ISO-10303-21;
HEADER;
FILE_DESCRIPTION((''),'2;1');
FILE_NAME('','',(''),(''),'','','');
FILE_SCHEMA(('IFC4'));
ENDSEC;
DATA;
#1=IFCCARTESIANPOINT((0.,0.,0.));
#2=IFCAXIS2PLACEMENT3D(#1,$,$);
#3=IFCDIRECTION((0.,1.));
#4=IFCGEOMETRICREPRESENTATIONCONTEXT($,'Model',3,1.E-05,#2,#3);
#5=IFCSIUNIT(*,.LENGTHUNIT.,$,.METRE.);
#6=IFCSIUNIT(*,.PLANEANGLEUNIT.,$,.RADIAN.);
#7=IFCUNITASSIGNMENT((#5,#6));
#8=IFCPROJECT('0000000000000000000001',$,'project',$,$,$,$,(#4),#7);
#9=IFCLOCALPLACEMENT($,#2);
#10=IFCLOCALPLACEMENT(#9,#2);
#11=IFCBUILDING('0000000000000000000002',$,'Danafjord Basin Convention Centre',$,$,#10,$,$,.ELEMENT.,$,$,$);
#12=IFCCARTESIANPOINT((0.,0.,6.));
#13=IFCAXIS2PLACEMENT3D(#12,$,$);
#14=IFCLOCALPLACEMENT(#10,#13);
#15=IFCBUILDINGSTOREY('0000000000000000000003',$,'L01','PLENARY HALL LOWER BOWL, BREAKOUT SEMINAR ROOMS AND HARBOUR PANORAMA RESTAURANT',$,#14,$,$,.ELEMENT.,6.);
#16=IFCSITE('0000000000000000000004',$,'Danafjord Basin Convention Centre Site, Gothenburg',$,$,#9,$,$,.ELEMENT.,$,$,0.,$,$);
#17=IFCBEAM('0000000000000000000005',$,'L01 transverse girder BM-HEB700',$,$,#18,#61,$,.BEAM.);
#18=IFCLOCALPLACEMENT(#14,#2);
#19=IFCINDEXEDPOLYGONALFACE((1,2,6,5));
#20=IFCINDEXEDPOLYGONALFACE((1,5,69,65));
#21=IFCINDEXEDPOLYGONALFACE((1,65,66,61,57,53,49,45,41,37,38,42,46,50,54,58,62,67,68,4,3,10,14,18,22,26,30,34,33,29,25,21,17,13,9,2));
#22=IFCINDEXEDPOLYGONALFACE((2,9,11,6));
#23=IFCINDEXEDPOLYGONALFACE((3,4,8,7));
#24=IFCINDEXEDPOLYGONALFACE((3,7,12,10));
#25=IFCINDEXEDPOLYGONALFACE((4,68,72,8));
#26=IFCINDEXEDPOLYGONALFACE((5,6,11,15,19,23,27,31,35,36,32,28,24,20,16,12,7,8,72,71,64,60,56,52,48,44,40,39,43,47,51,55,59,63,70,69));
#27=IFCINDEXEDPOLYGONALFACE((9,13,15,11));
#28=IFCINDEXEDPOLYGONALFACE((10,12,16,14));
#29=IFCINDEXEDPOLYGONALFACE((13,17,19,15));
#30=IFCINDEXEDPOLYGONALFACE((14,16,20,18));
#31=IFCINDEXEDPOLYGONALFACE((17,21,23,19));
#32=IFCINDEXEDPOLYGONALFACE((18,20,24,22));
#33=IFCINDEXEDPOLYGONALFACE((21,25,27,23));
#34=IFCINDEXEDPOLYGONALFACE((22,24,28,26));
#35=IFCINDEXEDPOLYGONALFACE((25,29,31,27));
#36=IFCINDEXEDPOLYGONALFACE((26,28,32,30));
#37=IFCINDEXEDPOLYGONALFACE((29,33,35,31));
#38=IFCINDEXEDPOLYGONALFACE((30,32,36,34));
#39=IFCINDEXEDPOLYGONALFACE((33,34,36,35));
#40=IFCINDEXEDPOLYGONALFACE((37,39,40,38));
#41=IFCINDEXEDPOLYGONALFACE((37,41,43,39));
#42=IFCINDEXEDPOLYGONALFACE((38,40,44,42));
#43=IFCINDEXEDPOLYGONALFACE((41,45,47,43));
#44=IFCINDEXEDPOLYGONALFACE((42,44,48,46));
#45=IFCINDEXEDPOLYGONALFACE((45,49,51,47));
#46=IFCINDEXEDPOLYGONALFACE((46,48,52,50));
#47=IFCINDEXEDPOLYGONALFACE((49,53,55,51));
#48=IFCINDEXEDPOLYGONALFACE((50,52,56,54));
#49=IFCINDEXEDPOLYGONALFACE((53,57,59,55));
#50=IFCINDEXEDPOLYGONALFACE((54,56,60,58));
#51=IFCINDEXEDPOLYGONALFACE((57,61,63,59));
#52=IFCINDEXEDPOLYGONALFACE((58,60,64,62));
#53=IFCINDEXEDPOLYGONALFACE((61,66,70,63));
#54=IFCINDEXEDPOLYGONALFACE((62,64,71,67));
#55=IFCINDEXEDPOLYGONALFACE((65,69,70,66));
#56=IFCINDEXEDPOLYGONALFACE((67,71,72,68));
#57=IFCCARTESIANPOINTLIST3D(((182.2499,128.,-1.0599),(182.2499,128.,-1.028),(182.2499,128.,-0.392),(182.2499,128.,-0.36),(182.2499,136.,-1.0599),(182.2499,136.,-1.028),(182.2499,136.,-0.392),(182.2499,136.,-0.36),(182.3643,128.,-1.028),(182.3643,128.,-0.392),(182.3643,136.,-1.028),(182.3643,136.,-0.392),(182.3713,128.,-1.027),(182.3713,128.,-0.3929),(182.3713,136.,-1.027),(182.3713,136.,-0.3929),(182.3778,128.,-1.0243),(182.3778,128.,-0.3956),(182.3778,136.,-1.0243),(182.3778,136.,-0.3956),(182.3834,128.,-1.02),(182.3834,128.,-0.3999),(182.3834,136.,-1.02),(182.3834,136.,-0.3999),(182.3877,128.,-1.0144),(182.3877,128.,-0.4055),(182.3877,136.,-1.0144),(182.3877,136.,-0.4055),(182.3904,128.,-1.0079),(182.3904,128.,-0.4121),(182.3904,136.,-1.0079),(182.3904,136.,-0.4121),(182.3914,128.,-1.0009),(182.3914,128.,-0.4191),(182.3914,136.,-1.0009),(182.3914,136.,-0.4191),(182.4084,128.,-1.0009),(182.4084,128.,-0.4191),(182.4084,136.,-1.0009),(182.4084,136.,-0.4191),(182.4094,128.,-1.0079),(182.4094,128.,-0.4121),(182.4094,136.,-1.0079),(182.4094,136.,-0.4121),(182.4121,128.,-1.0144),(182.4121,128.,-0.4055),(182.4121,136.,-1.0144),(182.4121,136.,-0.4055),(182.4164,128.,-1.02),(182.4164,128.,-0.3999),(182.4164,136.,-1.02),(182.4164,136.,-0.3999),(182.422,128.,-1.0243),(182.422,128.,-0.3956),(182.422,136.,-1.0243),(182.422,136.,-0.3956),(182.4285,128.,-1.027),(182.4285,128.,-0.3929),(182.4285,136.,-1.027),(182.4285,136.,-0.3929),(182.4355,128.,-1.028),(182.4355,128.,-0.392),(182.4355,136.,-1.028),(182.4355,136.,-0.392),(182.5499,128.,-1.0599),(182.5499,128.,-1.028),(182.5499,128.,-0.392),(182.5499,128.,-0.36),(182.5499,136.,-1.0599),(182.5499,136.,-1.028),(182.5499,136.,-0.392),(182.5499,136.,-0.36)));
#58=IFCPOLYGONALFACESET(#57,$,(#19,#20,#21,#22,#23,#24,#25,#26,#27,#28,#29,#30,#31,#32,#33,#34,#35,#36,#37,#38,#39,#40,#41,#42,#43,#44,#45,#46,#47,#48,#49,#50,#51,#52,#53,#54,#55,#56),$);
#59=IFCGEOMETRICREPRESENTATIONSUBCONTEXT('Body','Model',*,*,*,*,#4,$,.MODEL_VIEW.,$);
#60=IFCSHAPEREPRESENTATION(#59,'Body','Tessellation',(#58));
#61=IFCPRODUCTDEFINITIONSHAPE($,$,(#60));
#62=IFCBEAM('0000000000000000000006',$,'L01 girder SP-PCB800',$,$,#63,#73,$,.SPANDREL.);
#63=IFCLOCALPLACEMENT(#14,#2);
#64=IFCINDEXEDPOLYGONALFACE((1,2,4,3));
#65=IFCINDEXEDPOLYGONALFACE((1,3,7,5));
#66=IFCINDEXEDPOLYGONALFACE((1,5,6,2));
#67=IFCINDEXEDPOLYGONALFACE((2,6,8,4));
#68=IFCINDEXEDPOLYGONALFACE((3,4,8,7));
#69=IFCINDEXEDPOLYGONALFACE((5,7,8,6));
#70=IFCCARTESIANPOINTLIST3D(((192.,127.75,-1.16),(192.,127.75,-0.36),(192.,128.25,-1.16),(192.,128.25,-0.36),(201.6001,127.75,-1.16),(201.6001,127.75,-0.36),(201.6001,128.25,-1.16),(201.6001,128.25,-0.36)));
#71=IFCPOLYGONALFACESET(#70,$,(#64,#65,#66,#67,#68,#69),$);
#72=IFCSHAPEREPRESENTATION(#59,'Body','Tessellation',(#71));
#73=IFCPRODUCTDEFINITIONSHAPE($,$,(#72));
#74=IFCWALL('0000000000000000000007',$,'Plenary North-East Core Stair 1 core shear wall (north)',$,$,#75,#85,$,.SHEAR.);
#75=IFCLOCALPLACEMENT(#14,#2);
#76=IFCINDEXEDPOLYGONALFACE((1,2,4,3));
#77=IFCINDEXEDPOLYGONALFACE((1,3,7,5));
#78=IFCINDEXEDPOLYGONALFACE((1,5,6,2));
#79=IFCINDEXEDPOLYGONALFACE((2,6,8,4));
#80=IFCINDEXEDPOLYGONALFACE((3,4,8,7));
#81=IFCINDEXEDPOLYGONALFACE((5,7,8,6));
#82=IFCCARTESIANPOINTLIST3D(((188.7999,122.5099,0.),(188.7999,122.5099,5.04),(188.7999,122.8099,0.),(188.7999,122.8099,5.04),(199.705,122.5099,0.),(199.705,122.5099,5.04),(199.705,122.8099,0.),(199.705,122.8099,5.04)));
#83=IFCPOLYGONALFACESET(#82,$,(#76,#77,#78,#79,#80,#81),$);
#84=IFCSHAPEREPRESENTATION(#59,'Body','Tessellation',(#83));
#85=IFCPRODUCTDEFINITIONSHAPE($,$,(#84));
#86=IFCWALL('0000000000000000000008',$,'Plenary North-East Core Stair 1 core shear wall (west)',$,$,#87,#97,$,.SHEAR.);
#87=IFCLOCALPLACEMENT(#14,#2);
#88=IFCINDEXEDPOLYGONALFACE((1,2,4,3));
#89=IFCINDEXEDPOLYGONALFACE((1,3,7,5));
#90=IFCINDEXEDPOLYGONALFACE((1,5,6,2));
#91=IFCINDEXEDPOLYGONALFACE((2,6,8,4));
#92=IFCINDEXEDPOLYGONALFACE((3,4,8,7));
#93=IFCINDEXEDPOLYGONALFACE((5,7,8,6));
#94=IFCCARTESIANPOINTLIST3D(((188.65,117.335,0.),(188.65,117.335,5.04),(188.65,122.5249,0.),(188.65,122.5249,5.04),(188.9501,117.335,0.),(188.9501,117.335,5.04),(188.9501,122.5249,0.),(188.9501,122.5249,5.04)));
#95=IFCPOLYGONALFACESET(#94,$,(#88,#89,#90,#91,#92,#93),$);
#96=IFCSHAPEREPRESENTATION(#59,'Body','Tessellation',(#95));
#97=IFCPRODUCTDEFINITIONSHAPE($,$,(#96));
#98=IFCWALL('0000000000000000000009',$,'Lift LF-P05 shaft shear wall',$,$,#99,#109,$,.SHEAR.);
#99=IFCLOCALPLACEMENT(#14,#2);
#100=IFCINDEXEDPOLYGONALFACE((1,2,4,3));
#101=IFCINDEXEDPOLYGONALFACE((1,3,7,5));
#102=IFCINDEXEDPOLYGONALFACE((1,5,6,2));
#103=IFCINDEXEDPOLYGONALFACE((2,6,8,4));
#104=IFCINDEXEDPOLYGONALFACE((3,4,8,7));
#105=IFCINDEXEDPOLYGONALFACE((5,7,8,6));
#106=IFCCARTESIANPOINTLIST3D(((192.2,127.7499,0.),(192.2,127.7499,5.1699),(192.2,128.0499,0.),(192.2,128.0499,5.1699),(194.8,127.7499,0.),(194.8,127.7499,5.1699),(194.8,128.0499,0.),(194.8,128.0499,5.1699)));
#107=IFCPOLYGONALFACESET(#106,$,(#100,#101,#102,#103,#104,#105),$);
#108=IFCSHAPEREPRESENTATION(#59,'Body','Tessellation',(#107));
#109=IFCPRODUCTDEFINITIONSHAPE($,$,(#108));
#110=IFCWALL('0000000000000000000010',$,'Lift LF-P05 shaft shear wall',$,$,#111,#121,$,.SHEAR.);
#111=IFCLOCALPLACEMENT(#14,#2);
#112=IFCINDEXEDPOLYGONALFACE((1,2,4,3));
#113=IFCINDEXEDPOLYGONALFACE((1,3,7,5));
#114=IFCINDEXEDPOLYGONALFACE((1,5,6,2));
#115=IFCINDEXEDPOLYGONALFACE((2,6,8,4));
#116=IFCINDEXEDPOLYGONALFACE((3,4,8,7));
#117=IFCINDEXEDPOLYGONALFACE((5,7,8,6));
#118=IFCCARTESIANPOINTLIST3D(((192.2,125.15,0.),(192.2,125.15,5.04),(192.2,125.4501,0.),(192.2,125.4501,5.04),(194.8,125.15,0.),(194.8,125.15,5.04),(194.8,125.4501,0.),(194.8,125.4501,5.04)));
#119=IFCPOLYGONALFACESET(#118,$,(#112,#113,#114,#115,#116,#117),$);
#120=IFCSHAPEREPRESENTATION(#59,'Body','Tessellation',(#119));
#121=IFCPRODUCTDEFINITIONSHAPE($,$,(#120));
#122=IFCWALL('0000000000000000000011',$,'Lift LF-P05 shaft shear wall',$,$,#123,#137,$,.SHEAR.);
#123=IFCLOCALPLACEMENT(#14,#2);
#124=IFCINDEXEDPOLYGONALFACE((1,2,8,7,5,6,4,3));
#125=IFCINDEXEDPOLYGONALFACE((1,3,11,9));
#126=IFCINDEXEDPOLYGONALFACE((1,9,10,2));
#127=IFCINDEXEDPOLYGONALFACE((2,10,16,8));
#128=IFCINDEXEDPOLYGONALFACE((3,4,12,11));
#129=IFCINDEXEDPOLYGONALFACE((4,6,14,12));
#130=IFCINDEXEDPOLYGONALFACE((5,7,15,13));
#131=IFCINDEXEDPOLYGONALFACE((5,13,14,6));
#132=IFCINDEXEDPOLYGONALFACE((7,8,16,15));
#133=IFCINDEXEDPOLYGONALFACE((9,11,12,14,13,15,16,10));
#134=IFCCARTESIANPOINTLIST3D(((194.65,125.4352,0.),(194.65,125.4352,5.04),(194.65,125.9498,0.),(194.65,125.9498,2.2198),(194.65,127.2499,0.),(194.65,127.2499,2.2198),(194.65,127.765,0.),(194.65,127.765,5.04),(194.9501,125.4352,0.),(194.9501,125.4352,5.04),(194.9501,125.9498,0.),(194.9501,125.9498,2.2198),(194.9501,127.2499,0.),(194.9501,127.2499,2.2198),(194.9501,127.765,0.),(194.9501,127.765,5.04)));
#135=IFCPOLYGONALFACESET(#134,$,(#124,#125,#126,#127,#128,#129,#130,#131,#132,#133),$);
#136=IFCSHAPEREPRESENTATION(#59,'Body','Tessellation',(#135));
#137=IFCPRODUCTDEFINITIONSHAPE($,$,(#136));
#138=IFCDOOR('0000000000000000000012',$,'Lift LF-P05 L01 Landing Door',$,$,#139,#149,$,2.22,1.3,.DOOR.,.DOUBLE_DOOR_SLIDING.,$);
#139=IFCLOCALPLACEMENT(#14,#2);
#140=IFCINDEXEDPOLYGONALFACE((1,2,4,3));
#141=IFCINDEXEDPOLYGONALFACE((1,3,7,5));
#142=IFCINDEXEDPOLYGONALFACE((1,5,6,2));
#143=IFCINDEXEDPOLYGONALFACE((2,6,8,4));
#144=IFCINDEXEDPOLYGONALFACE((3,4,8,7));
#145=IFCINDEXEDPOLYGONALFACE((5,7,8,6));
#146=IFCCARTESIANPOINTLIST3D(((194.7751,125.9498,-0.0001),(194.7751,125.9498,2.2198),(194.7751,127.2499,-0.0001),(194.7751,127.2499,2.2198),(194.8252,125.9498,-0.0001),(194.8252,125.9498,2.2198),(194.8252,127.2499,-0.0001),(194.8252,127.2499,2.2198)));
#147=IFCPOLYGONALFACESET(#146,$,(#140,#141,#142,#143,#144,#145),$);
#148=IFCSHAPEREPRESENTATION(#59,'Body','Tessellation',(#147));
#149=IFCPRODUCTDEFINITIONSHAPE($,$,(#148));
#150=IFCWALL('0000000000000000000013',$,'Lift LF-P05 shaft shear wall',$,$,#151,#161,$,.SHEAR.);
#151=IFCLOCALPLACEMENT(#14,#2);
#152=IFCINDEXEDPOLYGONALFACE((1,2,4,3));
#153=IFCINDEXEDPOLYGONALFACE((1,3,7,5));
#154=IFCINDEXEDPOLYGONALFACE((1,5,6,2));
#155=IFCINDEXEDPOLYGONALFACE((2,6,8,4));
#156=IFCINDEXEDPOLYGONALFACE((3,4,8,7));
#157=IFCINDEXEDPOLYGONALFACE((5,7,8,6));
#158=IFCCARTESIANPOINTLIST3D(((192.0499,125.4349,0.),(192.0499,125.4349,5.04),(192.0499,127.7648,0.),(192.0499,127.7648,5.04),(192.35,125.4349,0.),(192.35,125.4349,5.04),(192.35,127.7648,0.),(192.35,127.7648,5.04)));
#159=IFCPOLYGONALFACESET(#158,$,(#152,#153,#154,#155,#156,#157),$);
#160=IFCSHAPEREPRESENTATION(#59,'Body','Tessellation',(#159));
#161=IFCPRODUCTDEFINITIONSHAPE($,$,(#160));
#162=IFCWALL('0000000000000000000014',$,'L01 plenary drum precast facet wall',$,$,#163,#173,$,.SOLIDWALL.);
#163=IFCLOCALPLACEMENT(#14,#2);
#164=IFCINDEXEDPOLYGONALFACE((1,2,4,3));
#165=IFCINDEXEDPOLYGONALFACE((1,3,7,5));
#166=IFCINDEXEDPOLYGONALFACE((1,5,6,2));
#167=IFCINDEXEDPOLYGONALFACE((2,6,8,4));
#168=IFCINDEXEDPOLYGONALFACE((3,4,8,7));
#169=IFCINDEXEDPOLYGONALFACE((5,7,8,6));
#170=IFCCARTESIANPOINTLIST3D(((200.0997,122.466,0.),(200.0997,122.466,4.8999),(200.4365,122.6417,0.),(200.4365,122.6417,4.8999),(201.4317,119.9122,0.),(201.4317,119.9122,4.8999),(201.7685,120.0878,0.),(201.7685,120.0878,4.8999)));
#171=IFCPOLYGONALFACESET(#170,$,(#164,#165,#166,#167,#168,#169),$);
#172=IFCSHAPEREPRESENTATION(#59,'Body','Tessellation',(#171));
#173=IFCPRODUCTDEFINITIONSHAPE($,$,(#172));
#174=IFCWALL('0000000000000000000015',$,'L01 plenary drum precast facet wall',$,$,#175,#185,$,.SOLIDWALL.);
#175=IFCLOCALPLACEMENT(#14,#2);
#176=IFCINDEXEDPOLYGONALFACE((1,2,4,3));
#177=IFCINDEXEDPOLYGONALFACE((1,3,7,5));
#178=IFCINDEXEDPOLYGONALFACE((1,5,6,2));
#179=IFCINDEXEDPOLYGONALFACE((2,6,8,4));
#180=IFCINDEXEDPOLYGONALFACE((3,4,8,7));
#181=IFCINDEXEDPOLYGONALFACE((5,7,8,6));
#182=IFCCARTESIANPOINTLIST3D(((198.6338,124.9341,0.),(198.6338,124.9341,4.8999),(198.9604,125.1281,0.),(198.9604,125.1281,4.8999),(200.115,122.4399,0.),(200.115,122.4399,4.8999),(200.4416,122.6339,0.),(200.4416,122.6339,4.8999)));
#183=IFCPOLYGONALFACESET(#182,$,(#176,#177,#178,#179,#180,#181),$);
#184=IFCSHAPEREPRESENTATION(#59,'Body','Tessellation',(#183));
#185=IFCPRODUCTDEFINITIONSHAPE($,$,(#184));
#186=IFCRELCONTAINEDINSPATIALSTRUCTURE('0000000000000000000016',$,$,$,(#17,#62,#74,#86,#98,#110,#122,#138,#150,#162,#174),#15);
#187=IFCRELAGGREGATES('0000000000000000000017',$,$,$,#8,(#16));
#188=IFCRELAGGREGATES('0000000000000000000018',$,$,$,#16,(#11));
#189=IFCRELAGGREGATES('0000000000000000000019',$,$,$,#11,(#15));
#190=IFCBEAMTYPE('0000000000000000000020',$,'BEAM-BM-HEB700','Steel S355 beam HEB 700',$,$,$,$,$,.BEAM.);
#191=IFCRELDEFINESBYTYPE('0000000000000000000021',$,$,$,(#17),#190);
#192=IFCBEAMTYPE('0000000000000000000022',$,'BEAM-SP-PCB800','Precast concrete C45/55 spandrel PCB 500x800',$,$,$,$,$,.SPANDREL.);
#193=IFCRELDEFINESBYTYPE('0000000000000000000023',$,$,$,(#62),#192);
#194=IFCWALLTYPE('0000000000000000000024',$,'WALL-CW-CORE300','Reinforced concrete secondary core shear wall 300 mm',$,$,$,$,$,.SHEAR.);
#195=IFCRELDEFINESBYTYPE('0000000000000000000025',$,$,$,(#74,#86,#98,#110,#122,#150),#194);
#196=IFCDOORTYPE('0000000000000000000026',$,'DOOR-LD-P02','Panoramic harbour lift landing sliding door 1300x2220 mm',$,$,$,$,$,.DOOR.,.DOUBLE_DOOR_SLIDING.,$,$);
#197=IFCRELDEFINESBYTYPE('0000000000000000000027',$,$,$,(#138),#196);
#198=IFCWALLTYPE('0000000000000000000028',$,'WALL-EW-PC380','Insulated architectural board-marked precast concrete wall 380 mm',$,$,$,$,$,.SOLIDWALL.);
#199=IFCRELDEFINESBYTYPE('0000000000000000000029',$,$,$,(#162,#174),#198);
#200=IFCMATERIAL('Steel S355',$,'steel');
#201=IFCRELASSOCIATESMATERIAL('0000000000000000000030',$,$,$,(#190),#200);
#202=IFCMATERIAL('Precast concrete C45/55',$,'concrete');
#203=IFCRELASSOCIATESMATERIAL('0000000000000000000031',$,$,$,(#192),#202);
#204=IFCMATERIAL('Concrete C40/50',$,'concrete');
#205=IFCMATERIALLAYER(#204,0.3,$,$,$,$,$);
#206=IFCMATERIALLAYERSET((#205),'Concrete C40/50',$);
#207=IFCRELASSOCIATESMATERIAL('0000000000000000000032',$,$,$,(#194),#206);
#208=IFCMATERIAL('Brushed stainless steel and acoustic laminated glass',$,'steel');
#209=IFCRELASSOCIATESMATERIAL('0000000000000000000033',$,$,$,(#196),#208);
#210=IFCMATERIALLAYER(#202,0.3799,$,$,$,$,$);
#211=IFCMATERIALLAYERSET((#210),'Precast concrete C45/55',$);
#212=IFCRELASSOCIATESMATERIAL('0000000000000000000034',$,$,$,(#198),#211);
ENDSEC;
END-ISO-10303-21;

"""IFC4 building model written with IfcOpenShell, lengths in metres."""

from ifc_helpers import new_model, si_unit, direction, frame, frame_2d, origin, origin_2d, place, context, subcontext, project, spatial, rectangle, i_section, extrude, material, layer, layer_set, material_profile, profile_set, type_object, element, fill, save


model = new_model("IFC4")

# Units and contexts
model_context = context("Model", 3, precision=1e-05, world=origin(), true_north=direction((0.0, 1.0)))
body_context = subcontext(model_context, "Body", "Model", "MODEL_VIEW")
ifc_project = project(units=[si_unit("LENGTHUNIT", "METRE"), si_unit("PLANEANGLEUNIT", "RADIAN")], contexts=[model_context])

# Site, building, storey
site_placement = place(None, origin())
site = spatial("IfcSite", under=ifc_project, at=site_placement, Name="Danafjord Basin Convention Centre Site, Gothenburg", CompositionType="ELEMENT", RefElevation=0.0)
building_placement = place(site_placement, origin())
building = spatial("IfcBuilding", under=site, at=building_placement, Name="Danafjord Basin Convention Centre", CompositionType="ELEMENT")
storey_placement = place(building_placement, frame((0.0, 0.0, 6.0)))
storey = spatial("IfcBuildingStorey", under=building, at=storey_placement, Name="L01", Description="PLENARY HALL LOWER BOWL, BREAKOUT SEMINAR ROOMS AND HARBOUR PANORAMA RESTAURANT", CompositionType="ELEMENT", Elevation=6.0)

# Shared definitions
ifc_material_1 = material(Name="Steel S355", Category="steel")

# Beams
ifc_material_profile_1 = material_profile(ifc_material_1, i_section(OverallWidth=0.3, OverallDepth=0.7, WebThickness=0.0171, FlangeThickness=0.032, FilletRadius=0.0271, at=origin_2d()), Name="HEB 700")
ifc_profile_set_1 = profile_set([ifc_material_profile_1], Name="Steel S355")
beam_type_1 = type_object("IfcBeamType", Name="BEAM-BM-HEB700", Description="Steel S355 beam HEB 700", PredefinedType="BEAM", material=ifc_profile_set_1)
beam_1_placement = place(storey_placement, frame((182.3999, 128.0, -0.71), z_axis=(0.0, 1.0, 0.0), x_axis=(-1.0, 0.0, 0.0)))
element("IfcBeam", 1, at=beam_1_placement, inside=storey, type_object=beam_type_1, Name="L01 transverse girder BM-HEB700", PredefinedType="BEAM", context=body_context, shape_type="SweptSolid", body=[
    extrude(i_section(OverallWidth=0.3, OverallDepth=0.7, WebThickness=0.0171, FlangeThickness=0.032, FilletRadius=0.0271, at=origin_2d()), origin(), (0.0, 0.0, 1.0), 8.0),
])
ifc_material_2 = material(Name="Precast concrete C45/55", Category="concrete")
ifc_material_profile_2 = material_profile(ifc_material_2, rectangle(XDim=0.5, YDim=0.8, at=origin_2d()), Name="PCB 500x800")
ifc_profile_set_2 = profile_set([ifc_material_profile_2], Name="Precast concrete C45/55")
beam_type_2 = type_object("IfcBeamType", Name="BEAM-SP-PCB800", Description="Precast concrete C45/55 spandrel PCB 500x800", PredefinedType="SPANDREL", material=ifc_profile_set_2)
beam_2_placement = place(storey_placement, frame((192.0, 128.0, -0.76), z_axis=(1.0, 0.0, 0.0), x_axis=(0.0, 1.0, 0.0)))
element("IfcBeam", 2, at=beam_2_placement, inside=storey, type_object=beam_type_2, Name="L01 girder SP-PCB800", PredefinedType="SPANDREL", context=body_context, shape_type="SweptSolid", body=[
    extrude(rectangle(XDim=0.5, YDim=0.8, at=origin_2d()), origin(), (0.0, 0.0, 1.0), 9.6001),
])

# Walls
ifc_material_3 = material(Name="Concrete C40/50", Category="concrete")
ifc_layer_1 = layer(ifc_material_3, 0.3)
ifc_layer_set_1 = layer_set([ifc_layer_1], Name="Concrete C40/50")
wall_type_1 = type_object("IfcWallType", Name="WALL-CW-CORE300", Description="Reinforced concrete secondary core shear wall 300 mm", PredefinedType="SHEAR", material=ifc_layer_set_1)
wall_1_placement = place(storey_placement, frame((199.7051, 122.6599, 0.0), z_axis=(0.0, 0.0, 1.0), x_axis=(-1.0, 0.0, 0.0)))
element("IfcWall", 3, at=wall_1_placement, inside=storey, type_object=wall_type_1, Name="Plenary North-East Core Stair 1 core shear wall (north)", PredefinedType="SHEAR", context=body_context, shape_type="SweptSolid", body=[
    extrude(rectangle(XDim=10.905, YDim=0.3, at=frame_2d((5.4526, 0.0))), origin(), (0.0, 0.0, 1.0), 5.04),
])
wall_2_placement = place(storey_placement, frame((188.8, 122.5249, 0.0), z_axis=(0.0, 0.0, 1.0), x_axis=(0.0, -1.0, 0.0)))
element("IfcWall", 4, at=wall_2_placement, inside=storey, type_object=wall_type_1, Name="Plenary North-East Core Stair 1 core shear wall (west)", PredefinedType="SHEAR", context=body_context, shape_type="SweptSolid", body=[
    extrude(rectangle(XDim=5.1899, YDim=0.3, at=frame_2d((2.595, 0.0))), origin(), (0.0, 0.0, 1.0), 5.04),
])
wall_3_placement = place(storey_placement, frame((194.8, 127.8999, 0.0), z_axis=(0.0, 0.0, 1.0), x_axis=(-1.0, 0.0, 0.0)))
element("IfcWall", 5, at=wall_3_placement, inside=storey, type_object=wall_type_1, Name="Lift LF-P05 shaft shear wall", PredefinedType="SHEAR", context=body_context, shape_type="SweptSolid", body=[
    extrude(rectangle(XDim=2.6001, YDim=0.3, at=frame_2d((1.3, 0.0))), origin(), (0.0, 0.0, 1.0), 5.1699),
])
wall_4_placement = place(storey_placement, frame((192.2, 125.3, 0.0), z_axis=(0.0, 0.0, 1.0), x_axis=(1.0, 0.0, 0.0)))
element("IfcWall", 6, at=wall_4_placement, inside=storey, type_object=wall_type_1, Name="Lift LF-P05 shaft shear wall", PredefinedType="SHEAR", context=body_context, shape_type="SweptSolid", body=[
    extrude(rectangle(XDim=2.6001, YDim=0.3, at=frame_2d((1.3, 0.0))), origin(), (0.0, 0.0, 1.0), 5.04),
])

# Wall, opening, door
wall_5_placement = place(storey_placement, frame((194.8, 125.4351, 0.0), z_axis=(0.0, 0.0, 1.0), x_axis=(0.0, 1.0, 0.0)))
wall_5 = element("IfcWall", 7, at=wall_5_placement, inside=storey, type_object=wall_type_1, Name="Lift LF-P05 shaft shear wall", PredefinedType="SHEAR", context=body_context, shape_type="SweptSolid", body=[
    extrude(rectangle(XDim=2.3298, YDim=0.3, at=frame_2d((1.165, 0.0))), origin(), (0.0, 0.0, 1.0), 5.04),
])
opening_placement = place(wall_5_placement, frame((0.5149, 0.0, 0.0)))
opening = element("IfcOpeningElement", 8, at=opening_placement, cuts=wall_5, PredefinedType="OPENING", context=body_context, shape_type="SweptSolid", body=[
    extrude(rectangle(XDim=1.3, YDim=2.22, at=frame_2d((0.6499, 1.1099))), frame((0.0, 0.1599, 0.0), z_axis=(0.0, -1.0, 0.0), x_axis=(1.0, 0.0, 0.0)), (0.0, 0.0, 1.0), 0.3201),
])
ifc_material_4 = material(Name="Brushed stainless steel and acoustic laminated glass", Category="steel")
door_type = type_object("IfcDoorType", Name="DOOR-LD-P02", Description="Panoramic harbour lift landing sliding door 1300x2220 mm", OperationType="DOUBLE_DOOR_SLIDING", PredefinedType="DOOR", material=ifc_material_4)
door_placement = place(opening_placement, origin())
door = element("IfcDoor", 9, at=door_placement, inside=storey, type_object=door_type, Name="Lift LF-P05 L01 Landing Door", OperationType="DOUBLE_DOOR_SLIDING", OverallHeight=2.22, OverallWidth=1.3, PredefinedType="DOOR", context=body_context, shape_type="SweptSolid", body=[
    extrude(rectangle(XDim=1.3, YDim=2.22, at=frame_2d((0.6499, 1.1099))), frame((0.0, 0.0249, 0.0), z_axis=(0.0, -1.0, 0.0), x_axis=(1.0, 0.0, 0.0)), (0.0, 0.0, 1.0), 0.05),
])
fill(opening, door)

# Walls
wall_6_placement = place(storey_placement, frame((192.2, 127.7649, 0.0), z_axis=(0.0, 0.0, 1.0), x_axis=(0.0, -1.0, 0.0)))
element("IfcWall", 10, at=wall_6_placement, inside=storey, type_object=wall_type_1, Name="Lift LF-P05 shaft shear wall", PredefinedType="SHEAR", context=body_context, shape_type="SweptSolid", body=[
    extrude(rectangle(XDim=2.3298, YDim=0.3, at=frame_2d((1.165, 0.0))), origin(), (0.0, 0.0, 1.0), 5.04),
])
ifc_layer_2 = layer(ifc_material_2, 0.3799)
ifc_layer_set_2 = layer_set([ifc_layer_2], Name="Precast concrete C45/55")
wall_type_2 = type_object("IfcWallType", Name="WALL-EW-PC380", Description="Insulated architectural board-marked precast concrete wall 380 mm", PredefinedType="SOLIDWALL", material=ifc_layer_set_2)
wall_7_placement = place(storey_placement, frame((201.6001, 120.0, 0.0), z_axis=(0.0, 0.0, 1.0), x_axis=(-0.462439, 0.886651, 0.0)))
element("IfcWall", 11, at=wall_7_placement, inside=storey, type_object=wall_type_2, Name="L01 plenary drum precast facet wall", PredefinedType="SOLIDWALL", context=body_context, shape_type="SweptSolid", body=[
    extrude(rectangle(XDim=2.8804, YDim=0.3799, at=frame_2d((1.4402, 0.0))), origin(), (0.0, 0.0, 1.0), 4.8999),
])
wall_8_placement = place(storey_placement, frame((200.2783, 122.5369, 0.0), z_axis=(0.0, 0.0, 1.0), x_axis=(-0.510617, 0.859809, 0.0)))
element("IfcWall", 12, at=wall_8_placement, inside=storey, type_object=wall_type_2, Name="L01 plenary drum precast facet wall", PredefinedType="SOLIDWALL", context=body_context, shape_type="SweptSolid", body=[
    extrude(rectangle(XDim=2.9009, YDim=0.3799, at=frame_2d((1.4504, 0.0))), origin(), (0.0, 0.0, 1.0), 4.8999),
])

save(model, "model.ifc")
